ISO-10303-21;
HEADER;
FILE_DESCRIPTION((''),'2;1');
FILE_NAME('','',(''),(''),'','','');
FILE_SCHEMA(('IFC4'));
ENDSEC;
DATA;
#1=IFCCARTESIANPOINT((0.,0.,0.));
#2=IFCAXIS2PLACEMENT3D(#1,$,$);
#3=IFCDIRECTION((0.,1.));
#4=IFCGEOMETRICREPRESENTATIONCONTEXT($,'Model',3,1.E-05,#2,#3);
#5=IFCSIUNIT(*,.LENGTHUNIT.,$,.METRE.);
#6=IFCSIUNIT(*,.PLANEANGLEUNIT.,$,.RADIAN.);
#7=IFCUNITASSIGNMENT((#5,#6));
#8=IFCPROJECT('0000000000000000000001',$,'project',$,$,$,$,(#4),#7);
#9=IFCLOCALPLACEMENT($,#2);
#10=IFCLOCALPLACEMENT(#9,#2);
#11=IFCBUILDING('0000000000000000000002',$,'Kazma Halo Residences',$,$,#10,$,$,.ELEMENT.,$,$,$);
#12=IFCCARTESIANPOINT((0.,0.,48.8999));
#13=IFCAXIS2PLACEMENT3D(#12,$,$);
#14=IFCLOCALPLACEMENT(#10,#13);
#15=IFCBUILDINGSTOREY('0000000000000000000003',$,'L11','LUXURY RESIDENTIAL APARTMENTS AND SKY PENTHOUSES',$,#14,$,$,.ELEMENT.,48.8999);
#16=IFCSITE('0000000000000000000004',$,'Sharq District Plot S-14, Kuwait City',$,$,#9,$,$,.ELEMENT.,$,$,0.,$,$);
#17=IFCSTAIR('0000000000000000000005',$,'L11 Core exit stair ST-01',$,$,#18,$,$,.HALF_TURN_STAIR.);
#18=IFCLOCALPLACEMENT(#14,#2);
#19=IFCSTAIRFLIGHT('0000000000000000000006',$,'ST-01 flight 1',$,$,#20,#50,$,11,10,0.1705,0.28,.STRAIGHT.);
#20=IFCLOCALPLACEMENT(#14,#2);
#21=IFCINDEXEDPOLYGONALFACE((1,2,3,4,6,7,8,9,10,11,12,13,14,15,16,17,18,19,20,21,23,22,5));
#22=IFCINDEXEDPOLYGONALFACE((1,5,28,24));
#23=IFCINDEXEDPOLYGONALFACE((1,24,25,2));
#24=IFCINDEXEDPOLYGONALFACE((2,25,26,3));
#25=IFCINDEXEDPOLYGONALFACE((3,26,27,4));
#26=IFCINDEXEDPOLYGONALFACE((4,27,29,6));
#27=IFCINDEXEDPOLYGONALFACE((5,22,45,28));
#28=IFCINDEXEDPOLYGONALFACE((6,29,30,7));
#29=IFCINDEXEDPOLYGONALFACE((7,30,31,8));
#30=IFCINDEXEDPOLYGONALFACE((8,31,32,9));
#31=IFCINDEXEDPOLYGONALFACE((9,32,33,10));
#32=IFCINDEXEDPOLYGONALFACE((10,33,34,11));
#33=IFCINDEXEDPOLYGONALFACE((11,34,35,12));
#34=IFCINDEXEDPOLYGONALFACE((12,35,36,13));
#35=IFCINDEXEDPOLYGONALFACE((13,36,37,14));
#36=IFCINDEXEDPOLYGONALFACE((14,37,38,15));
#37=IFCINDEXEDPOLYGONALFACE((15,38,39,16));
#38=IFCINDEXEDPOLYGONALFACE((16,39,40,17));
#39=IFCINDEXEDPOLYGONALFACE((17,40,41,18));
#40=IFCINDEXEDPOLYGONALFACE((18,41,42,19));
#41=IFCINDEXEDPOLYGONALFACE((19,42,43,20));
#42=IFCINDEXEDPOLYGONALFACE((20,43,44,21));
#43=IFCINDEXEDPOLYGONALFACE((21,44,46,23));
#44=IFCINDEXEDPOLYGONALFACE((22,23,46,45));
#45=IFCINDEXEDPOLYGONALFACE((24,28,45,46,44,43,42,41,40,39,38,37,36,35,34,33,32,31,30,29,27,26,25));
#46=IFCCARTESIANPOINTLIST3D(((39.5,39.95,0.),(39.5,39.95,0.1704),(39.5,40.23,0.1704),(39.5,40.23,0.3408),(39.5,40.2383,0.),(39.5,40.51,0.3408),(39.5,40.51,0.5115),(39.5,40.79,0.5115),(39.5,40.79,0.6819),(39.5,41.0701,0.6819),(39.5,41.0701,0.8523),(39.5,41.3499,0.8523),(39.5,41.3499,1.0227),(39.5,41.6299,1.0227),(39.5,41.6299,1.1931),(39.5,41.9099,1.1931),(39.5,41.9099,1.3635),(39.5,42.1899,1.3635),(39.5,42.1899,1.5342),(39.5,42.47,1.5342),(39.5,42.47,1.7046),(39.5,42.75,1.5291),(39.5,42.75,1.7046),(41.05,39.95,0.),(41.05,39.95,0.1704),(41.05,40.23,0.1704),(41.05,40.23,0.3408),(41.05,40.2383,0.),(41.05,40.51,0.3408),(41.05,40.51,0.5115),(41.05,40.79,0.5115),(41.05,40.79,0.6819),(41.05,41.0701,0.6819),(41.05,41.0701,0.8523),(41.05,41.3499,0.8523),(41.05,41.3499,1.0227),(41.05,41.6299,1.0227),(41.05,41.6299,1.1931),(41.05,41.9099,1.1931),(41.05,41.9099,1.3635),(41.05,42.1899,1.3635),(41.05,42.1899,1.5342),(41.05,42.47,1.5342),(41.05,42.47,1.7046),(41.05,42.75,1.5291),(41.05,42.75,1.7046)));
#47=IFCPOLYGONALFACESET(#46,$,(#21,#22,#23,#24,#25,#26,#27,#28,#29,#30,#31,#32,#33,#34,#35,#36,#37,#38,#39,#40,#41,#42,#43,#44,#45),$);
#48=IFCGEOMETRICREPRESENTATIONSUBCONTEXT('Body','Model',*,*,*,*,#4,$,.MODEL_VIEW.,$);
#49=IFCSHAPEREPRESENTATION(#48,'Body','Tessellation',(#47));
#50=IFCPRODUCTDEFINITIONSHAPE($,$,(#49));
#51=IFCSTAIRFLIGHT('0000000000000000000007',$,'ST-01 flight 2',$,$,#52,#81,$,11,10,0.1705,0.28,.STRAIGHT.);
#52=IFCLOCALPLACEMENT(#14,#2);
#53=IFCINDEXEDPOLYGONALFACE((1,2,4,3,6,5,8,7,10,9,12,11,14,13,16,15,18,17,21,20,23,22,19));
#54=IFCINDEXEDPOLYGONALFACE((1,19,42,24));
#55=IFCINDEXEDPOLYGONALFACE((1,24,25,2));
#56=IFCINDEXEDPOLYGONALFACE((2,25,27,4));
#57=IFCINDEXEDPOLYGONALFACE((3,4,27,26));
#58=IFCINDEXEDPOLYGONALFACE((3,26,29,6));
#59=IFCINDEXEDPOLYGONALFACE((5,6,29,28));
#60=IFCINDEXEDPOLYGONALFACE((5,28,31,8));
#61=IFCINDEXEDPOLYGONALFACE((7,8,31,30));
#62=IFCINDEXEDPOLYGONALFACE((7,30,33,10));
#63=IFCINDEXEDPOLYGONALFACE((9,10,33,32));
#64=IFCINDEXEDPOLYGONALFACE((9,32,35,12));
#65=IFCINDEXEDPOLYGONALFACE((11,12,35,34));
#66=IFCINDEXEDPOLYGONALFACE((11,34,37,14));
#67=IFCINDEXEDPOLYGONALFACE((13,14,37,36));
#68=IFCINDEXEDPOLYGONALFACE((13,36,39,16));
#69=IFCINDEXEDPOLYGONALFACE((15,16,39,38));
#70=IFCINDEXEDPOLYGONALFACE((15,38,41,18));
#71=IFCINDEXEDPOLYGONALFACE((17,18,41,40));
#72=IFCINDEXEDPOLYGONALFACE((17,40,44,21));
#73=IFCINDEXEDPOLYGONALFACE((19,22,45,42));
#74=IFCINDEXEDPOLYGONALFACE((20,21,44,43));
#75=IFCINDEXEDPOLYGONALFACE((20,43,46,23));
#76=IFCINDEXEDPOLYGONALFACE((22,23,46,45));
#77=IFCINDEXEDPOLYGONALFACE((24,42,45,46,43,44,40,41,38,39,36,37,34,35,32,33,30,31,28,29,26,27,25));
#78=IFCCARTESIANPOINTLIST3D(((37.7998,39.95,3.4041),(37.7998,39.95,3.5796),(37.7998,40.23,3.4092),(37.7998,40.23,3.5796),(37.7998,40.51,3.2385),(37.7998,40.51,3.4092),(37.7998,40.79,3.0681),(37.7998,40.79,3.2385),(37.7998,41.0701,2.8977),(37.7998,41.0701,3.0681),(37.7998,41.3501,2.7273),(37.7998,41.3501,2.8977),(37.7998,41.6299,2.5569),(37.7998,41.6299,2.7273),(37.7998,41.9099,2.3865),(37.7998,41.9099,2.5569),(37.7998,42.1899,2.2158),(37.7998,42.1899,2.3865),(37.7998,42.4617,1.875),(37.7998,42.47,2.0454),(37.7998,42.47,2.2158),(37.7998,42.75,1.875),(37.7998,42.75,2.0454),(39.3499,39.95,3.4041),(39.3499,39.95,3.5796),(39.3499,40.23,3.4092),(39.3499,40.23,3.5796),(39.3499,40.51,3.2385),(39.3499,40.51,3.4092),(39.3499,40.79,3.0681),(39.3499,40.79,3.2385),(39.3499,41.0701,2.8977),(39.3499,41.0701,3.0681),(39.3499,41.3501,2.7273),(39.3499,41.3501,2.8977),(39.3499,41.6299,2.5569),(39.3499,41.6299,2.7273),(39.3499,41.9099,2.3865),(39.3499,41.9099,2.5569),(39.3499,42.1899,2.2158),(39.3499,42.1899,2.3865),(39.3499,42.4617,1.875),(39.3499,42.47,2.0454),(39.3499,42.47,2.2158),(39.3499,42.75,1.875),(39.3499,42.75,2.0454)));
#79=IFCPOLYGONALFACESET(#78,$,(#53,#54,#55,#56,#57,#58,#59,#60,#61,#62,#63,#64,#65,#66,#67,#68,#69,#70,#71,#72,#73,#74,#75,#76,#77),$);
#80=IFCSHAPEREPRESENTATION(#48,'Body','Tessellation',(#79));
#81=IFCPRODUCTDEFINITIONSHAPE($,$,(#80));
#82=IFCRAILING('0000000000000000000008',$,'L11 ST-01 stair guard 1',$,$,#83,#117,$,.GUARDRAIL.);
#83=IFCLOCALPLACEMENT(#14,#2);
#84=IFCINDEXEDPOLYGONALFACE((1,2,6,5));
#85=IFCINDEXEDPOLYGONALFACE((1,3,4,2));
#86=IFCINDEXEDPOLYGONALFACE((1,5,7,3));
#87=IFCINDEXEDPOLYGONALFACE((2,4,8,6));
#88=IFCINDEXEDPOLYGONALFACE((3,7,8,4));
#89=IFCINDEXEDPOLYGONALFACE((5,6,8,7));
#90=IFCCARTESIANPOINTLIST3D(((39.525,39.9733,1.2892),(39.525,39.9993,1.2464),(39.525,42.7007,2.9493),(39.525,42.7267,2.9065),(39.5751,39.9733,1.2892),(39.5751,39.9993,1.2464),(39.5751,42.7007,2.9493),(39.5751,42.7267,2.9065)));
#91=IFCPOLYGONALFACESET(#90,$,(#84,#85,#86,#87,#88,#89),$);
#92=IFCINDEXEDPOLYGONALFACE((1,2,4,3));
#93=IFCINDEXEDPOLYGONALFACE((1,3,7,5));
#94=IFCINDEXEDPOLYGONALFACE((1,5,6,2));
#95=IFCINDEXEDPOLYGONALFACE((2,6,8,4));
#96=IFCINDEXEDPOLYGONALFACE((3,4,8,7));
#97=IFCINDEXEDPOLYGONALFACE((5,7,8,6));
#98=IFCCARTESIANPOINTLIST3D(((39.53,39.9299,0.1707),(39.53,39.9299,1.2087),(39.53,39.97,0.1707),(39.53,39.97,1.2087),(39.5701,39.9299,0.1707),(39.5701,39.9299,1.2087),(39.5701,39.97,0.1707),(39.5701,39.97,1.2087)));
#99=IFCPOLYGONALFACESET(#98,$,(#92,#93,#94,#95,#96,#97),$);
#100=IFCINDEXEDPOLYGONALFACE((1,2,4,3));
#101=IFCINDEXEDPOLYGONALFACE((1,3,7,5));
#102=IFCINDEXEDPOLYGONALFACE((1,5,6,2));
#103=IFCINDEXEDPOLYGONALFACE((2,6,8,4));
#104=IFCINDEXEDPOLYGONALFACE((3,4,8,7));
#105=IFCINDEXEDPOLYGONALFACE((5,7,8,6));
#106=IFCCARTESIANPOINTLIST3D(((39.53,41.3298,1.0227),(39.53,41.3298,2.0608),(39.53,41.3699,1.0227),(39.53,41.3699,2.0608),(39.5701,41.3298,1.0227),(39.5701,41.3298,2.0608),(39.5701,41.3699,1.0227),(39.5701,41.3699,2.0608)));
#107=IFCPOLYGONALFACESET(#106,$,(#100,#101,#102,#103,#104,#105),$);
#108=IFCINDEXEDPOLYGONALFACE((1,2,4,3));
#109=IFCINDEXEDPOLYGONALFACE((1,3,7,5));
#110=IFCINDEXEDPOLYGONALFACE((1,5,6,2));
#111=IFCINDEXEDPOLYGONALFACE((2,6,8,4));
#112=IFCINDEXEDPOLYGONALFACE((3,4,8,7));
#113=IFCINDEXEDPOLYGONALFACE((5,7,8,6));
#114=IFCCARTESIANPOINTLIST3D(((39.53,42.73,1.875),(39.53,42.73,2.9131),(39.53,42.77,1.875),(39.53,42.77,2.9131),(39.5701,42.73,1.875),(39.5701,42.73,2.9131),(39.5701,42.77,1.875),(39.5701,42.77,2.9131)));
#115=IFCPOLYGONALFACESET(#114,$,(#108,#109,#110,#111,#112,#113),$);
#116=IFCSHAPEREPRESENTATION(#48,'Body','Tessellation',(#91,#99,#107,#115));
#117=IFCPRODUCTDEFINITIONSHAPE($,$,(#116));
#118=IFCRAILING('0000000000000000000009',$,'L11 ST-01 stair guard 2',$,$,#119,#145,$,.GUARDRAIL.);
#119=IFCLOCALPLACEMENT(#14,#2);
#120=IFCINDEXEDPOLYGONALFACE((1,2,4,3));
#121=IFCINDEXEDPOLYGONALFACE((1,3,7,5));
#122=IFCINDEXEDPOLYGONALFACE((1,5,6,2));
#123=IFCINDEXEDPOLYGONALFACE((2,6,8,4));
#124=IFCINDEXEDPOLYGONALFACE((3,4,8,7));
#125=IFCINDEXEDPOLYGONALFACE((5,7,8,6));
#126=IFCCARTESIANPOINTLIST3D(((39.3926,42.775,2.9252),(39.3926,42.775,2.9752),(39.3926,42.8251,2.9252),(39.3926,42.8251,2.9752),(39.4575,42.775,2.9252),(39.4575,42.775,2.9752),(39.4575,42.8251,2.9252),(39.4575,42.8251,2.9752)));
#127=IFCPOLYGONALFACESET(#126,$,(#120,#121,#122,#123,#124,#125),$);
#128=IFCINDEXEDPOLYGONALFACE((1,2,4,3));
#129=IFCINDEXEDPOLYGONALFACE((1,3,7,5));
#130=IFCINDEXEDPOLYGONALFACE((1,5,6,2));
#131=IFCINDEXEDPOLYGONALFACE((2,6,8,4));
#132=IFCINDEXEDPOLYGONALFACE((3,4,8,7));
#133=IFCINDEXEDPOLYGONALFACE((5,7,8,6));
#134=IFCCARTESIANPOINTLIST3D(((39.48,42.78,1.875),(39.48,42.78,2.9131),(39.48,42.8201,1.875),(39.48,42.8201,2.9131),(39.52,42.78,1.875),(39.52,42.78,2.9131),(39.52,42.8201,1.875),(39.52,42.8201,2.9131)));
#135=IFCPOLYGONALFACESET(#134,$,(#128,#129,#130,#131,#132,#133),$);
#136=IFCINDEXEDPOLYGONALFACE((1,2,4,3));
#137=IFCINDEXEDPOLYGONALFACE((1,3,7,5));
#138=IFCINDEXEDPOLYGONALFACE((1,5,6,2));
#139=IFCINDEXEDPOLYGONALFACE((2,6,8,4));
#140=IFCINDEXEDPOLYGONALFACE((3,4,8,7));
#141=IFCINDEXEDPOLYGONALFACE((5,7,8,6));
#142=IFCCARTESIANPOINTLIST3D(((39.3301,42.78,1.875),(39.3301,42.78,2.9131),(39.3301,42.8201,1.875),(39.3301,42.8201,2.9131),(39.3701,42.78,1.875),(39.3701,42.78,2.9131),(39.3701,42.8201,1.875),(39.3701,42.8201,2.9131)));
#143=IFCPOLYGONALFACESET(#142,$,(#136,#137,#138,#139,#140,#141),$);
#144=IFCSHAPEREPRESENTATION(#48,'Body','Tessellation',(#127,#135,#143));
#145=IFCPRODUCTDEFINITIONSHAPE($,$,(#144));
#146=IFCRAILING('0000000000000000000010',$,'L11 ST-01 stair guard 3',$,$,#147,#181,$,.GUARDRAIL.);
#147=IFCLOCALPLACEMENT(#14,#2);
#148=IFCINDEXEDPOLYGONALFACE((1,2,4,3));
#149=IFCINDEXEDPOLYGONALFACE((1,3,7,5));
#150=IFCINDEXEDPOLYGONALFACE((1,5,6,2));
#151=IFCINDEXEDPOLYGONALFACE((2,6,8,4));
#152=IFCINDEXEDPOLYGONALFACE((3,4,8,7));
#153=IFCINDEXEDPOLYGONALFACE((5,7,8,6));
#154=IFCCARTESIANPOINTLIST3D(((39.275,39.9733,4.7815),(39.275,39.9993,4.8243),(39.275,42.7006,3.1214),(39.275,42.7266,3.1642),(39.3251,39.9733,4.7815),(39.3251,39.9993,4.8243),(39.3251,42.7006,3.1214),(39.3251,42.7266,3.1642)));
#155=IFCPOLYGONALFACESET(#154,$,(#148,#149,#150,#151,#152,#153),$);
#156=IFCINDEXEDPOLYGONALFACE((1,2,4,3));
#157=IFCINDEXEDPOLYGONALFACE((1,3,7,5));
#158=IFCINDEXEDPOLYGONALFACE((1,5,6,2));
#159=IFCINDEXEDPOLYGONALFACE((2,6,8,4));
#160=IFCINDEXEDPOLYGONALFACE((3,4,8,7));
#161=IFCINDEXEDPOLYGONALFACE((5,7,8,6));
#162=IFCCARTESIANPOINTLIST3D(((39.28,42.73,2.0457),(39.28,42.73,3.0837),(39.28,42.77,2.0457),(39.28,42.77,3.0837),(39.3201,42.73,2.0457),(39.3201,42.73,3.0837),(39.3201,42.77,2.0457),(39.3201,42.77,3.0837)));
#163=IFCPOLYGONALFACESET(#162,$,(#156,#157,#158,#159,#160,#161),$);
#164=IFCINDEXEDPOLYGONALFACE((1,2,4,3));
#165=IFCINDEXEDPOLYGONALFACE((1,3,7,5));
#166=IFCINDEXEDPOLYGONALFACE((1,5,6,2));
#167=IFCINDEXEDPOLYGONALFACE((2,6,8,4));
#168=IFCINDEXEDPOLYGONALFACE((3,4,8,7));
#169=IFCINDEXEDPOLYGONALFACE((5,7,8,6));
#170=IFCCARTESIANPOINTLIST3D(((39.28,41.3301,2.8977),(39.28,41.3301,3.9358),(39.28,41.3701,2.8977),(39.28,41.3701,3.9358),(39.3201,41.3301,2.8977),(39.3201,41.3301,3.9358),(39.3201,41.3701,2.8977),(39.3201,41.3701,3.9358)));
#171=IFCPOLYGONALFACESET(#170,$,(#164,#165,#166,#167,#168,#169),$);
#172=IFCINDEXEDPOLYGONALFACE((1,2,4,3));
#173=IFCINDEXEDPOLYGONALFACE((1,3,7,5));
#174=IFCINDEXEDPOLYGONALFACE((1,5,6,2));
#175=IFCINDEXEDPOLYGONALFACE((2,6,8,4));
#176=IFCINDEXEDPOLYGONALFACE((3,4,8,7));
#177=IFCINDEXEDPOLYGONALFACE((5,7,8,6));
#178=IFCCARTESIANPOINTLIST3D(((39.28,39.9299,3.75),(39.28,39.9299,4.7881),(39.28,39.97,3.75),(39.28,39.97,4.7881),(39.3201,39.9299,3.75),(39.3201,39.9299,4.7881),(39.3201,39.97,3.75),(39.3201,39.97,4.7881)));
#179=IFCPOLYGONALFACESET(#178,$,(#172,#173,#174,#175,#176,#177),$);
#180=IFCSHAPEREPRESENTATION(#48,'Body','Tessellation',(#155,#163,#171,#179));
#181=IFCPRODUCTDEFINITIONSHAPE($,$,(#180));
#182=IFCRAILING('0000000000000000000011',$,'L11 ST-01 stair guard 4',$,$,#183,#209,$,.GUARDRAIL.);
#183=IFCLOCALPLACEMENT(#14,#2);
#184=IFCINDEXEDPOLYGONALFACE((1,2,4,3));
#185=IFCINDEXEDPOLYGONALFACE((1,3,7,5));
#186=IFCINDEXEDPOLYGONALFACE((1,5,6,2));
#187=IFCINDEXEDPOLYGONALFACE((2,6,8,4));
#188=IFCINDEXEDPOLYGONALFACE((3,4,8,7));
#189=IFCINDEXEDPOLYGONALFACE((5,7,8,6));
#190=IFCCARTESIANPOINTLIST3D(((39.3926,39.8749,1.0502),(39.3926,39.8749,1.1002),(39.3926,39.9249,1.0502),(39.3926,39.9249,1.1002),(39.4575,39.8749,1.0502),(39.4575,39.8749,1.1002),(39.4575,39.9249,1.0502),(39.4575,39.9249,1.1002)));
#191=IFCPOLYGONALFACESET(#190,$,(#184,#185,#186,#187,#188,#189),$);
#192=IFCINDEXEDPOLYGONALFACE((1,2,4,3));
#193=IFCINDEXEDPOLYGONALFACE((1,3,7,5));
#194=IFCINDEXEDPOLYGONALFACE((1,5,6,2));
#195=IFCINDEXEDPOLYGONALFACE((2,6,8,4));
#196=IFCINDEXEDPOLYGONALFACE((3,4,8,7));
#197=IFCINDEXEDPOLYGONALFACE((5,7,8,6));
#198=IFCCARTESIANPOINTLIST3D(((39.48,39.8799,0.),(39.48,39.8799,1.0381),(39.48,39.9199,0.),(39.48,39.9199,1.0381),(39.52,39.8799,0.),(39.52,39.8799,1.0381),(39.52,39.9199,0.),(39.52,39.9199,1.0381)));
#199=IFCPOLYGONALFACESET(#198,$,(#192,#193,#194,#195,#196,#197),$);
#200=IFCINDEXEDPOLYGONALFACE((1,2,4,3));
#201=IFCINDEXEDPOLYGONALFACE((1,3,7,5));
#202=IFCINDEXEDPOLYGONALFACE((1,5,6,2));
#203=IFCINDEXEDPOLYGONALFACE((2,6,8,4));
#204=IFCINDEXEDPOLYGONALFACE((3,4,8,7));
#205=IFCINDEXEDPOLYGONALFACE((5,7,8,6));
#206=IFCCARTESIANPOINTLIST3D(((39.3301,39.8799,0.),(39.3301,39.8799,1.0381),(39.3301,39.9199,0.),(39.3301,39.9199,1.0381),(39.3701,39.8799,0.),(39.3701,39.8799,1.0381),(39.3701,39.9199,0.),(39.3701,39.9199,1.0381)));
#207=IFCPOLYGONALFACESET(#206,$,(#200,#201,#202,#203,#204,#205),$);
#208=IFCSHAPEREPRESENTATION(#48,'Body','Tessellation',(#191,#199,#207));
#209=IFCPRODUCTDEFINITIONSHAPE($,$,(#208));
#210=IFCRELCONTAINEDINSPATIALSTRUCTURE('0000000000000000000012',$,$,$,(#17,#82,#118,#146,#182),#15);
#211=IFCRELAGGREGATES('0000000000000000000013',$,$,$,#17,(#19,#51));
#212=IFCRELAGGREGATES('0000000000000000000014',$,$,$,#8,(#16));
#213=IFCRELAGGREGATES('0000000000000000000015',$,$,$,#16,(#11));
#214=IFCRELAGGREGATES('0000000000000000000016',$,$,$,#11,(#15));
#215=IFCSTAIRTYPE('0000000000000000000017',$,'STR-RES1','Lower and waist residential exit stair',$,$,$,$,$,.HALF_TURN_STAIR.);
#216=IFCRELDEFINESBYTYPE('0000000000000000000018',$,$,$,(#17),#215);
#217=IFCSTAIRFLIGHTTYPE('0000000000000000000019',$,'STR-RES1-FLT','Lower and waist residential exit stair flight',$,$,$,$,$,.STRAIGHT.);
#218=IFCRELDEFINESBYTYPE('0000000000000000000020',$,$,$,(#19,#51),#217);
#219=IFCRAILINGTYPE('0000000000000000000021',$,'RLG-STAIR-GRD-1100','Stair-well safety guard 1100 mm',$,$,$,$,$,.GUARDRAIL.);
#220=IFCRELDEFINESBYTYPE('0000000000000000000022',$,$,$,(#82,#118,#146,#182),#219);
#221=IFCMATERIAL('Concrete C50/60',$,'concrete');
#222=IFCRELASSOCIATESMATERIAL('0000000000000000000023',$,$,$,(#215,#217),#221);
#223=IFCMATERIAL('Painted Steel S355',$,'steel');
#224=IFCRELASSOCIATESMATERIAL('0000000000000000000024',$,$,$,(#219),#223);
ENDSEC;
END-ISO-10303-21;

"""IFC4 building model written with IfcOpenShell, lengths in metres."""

from ifc_helpers import new_model, si_unit, direction, frame, origin, origin_2d, place, context, subcontext, project, spatial, polyline, rectangle, outline, extrude, material, type_object, element, aggregate, save


model = new_model("IFC4")

# Units and contexts
model_context = context("Model", 3, precision=1e-05, world=origin(), true_north=direction((0.0, 1.0)))
body_context = subcontext(model_context, "Body", "Model", "MODEL_VIEW")
ifc_project = project(units=[si_unit("LENGTHUNIT", "METRE"), si_unit("PLANEANGLEUNIT", "RADIAN")], contexts=[model_context])

# Site, building, storey
site_placement = place(None, origin())
site = spatial("IfcSite", under=ifc_project, at=site_placement, Name="Sharq District Plot S-14, Kuwait City", CompositionType="ELEMENT", RefElevation=0.0)
building_placement = place(site_placement, origin())
building = spatial("IfcBuilding", under=site, at=building_placement, Name="Kazma Halo Residences", CompositionType="ELEMENT")
storey_placement = place(building_placement, frame((0.0, 0.0, 48.8999)))
storey = spatial("IfcBuildingStorey", under=building, at=storey_placement, Name="L11", Description="LUXURY RESIDENTIAL APARTMENTS AND SKY PENTHOUSES", CompositionType="ELEMENT", Elevation=48.8999)

# Stair, stair flights
ifc_material_1 = material(Name="Concrete C50/60", Category="concrete")
stair_type = type_object("IfcStairType", Name="STR-RES1", Description="Lower and waist residential exit stair", PredefinedType="HALF_TURN_STAIR", material=ifc_material_1)
stair_placement = place(storey_placement, origin())
stair = element("IfcStair", 1, at=stair_placement, inside=storey, type_object=stair_type, Name="L11 Core exit stair ST-01", PredefinedType="HALF_TURN_STAIR")
stair_flight_type = type_object("IfcStairFlightType", Name="STR-RES1-FLT", Description="Lower and waist residential exit stair flight", PredefinedType="STRAIGHT", material=ifc_material_1)
stair_flight_1_placement = place(storey_placement, frame((40.2749, 39.95, 0.0), z_axis=(0.0, 0.0, 1.0), x_axis=(0.0, 1.0, 0.0)))
stair_flight_1 = element("IfcStairFlight", 2, at=stair_flight_1_placement, type_object=stair_flight_type, Name="ST-01 flight 1", NumberOfRisers=11, NumberOfTreads=10, PredefinedType="STRAIGHT", RiserHeight=0.1705, TreadLength=0.28, context=body_context, shape_type="SweptSolid", body=[
    extrude(outline(polyline([(0.0, 0.0), (0.0, 0.1704), (0.28, 0.1704), (0.28, 0.3408), (0.5601, 0.3408), (0.5601, 0.5115), (0.8401, 0.5115), (0.8401, 0.6819), (1.1201, 0.6819), (1.1201, 0.8523), (1.3999, 0.8523), (1.3999, 1.0227), (1.6799, 1.0227), (1.6799, 1.1931), (1.96, 1.1931), (1.96, 1.3635), (2.24, 1.3635), (2.24, 1.5342), (2.52, 1.5342), (2.52, 1.7046), (2.8, 1.7046), (2.8, 1.875), (2.8, 1.5291), (0.2883, 0.0), (0.0, 0.0)])), frame((0.0, 0.7749, 0.0), z_axis=(0.0, -1.0, 0.0), x_axis=(1.0, 0.0, 0.0)), (0.0, 0.0, 1.0), 1.55),
])
stair_flight_2_placement = place(storey_placement, frame((38.575, 42.75, 1.875), z_axis=(0.0, 0.0, 1.0), x_axis=(0.0, -1.0, 0.0)))
stair_flight_2 = element("IfcStairFlight", 3, at=stair_flight_2_placement, type_object=stair_flight_type, Name="ST-01 flight 2", NumberOfRisers=11, NumberOfTreads=10, PredefinedType="STRAIGHT", RiserHeight=0.1705, TreadLength=0.28, context=body_context, shape_type="SweptSolid", body=[
    extrude(outline(polyline([(0.0, 0.0), (0.0, 0.1704), (0.28, 0.1704), (0.28, 0.3408), (0.5601, 0.3408), (0.5601, 0.5115), (0.8401, 0.5115), (0.8401, 0.6819), (1.1201, 0.6819), (1.1201, 0.8523), (1.3999, 0.8523), (1.3999, 1.0227), (1.6799, 1.0227), (1.6799, 1.1931), (1.96, 1.1931), (1.96, 1.3635), (2.24, 1.3635), (2.24, 1.5342), (2.52, 1.5342), (2.52, 1.7046), (2.8, 1.7046), (2.8, 1.875), (2.8, 1.5291), (0.2883, 0.0), (0.0, 0.0)])), frame((0.0, 0.7749, 0.0), z_axis=(0.0, -1.0, 0.0), x_axis=(1.0, 0.0, 0.0)), (0.0, 0.0, 1.0), 1.55),
])
aggregate(stair, [stair_flight_1, stair_flight_2])

# Railings
ifc_material_2 = material(Name="Painted Steel S355", Category="steel")
railing_type_1 = type_object("IfcRailingType", Name="RLG-STAIR-GRD-1100", Description="Stair-well safety guard 1100 mm", PredefinedType="GUARDRAIL", material=ifc_material_2)
railing_1_placement = place(storey_placement, frame((39.55, 39.95, 0.1707)))
element("IfcRailing", 4, at=railing_1_placement, inside=storey, type_object=railing_type_1, Name="L11 ST-01 stair guard 1", PredefinedType="GUARDRAIL", context=body_context, shape_type="SweptSolid", body=[
    extrude(rectangle(XDim=0.05, YDim=0.05, at=origin_2d()), frame((0.0, 0.0364, 1.0972), z_axis=(0.0, 0.854203, 0.51994), x_axis=(-1.0, 0.0, 0.0)), (0.0, 0.0, 1.0), 3.1929),
    extrude(rectangle(XDim=0.04, YDim=0.04, at=origin_2d()), origin(), (0.0, 0.0, 1.0), 1.0381),
    extrude(rectangle(XDim=0.04, YDim=0.04, at=origin_2d()), frame((0.0, 1.3999, 0.8521)), (0.0, 0.0, 1.0), 1.0381),
    extrude(rectangle(XDim=0.04, YDim=0.04, at=origin_2d()), frame((0.0, 2.8, 1.7043)), (0.0, 0.0, 1.0), 1.0381),
])
railing_2_placement = place(storey_placement, frame((39.5, 42.8, 1.875)))
element("IfcRailing", 5, at=railing_2_placement, inside=storey, type_object=railing_type_1, Name="L11 ST-01 stair guard 2", PredefinedType="GUARDRAIL", context=body_context, shape_type="SweptSolid", body=[
    extrude(rectangle(XDim=0.05, YDim=0.05, at=origin_2d()), frame((-0.0425, 0.0, 1.0752), z_axis=(-1.0, 0.0, 0.0), x_axis=(0.0, -1.0, 0.0)), (0.0, 0.0, 1.0), 0.0649),
    extrude(rectangle(XDim=0.04, YDim=0.04, at=origin_2d()), origin(), (0.0, 0.0, 1.0), 1.0381),
    extrude(rectangle(XDim=0.04, YDim=0.04, at=origin_2d()), frame((-0.1499, 0.0, 0.0)), (0.0, 0.0, 1.0), 1.0381),
])
railing_3_placement = place(storey_placement, frame((39.3, 42.75, 2.0457)))
element("IfcRailing", 6, at=railing_3_placement, inside=storey, type_object=railing_type_1, Name="L11 ST-01 stair guard 3", PredefinedType="GUARDRAIL", context=body_context, shape_type="SweptSolid", body=[
    extrude(rectangle(XDim=0.05, YDim=0.05, at=origin_2d()), frame((0.0, -0.0364, 1.0972), z_axis=(0.0, -0.854203, 0.51994), x_axis=(1.0, 0.0, 0.0)), (0.0, 0.0, 1.0), 3.1929),
    extrude(rectangle(XDim=0.04, YDim=0.04, at=origin_2d()), origin(), (0.0, 0.0, 1.0), 1.0381),
    extrude(rectangle(XDim=0.04, YDim=0.04, at=origin_2d()), frame((0.0, -1.3999, 0.8521)), (0.0, 0.0, 1.0), 1.0381),
    extrude(rectangle(XDim=0.04, YDim=0.04, at=origin_2d()), frame((0.0, -2.8, 1.7043)), (0.0, 0.0, 1.0), 1.0381),
])
railing_4_placement = place(storey_placement, frame((39.5, 39.8999, 0.0)))
element("IfcRailing", 7, at=railing_4_placement, inside=storey, type_object=railing_type_1, Name="L11 ST-01 stair guard 4", PredefinedType="GUARDRAIL", context=body_context, shape_type="SweptSolid", body=[
    extrude(rectangle(XDim=0.05, YDim=0.05, at=origin_2d()), frame((-0.0425, 0.0, 1.0752), z_axis=(-1.0, 0.0, 0.0), x_axis=(0.0, -1.0, 0.0)), (0.0, 0.0, 1.0), 0.0649),
    extrude(rectangle(XDim=0.04, YDim=0.04, at=origin_2d()), origin(), (0.0, 0.0, 1.0), 1.0381),
    extrude(rectangle(XDim=0.04, YDim=0.04, at=origin_2d()), frame((-0.1499, 0.0, 0.0)), (0.0, 0.0, 1.0), 1.0381),
])

save(model, "model.ifc")
